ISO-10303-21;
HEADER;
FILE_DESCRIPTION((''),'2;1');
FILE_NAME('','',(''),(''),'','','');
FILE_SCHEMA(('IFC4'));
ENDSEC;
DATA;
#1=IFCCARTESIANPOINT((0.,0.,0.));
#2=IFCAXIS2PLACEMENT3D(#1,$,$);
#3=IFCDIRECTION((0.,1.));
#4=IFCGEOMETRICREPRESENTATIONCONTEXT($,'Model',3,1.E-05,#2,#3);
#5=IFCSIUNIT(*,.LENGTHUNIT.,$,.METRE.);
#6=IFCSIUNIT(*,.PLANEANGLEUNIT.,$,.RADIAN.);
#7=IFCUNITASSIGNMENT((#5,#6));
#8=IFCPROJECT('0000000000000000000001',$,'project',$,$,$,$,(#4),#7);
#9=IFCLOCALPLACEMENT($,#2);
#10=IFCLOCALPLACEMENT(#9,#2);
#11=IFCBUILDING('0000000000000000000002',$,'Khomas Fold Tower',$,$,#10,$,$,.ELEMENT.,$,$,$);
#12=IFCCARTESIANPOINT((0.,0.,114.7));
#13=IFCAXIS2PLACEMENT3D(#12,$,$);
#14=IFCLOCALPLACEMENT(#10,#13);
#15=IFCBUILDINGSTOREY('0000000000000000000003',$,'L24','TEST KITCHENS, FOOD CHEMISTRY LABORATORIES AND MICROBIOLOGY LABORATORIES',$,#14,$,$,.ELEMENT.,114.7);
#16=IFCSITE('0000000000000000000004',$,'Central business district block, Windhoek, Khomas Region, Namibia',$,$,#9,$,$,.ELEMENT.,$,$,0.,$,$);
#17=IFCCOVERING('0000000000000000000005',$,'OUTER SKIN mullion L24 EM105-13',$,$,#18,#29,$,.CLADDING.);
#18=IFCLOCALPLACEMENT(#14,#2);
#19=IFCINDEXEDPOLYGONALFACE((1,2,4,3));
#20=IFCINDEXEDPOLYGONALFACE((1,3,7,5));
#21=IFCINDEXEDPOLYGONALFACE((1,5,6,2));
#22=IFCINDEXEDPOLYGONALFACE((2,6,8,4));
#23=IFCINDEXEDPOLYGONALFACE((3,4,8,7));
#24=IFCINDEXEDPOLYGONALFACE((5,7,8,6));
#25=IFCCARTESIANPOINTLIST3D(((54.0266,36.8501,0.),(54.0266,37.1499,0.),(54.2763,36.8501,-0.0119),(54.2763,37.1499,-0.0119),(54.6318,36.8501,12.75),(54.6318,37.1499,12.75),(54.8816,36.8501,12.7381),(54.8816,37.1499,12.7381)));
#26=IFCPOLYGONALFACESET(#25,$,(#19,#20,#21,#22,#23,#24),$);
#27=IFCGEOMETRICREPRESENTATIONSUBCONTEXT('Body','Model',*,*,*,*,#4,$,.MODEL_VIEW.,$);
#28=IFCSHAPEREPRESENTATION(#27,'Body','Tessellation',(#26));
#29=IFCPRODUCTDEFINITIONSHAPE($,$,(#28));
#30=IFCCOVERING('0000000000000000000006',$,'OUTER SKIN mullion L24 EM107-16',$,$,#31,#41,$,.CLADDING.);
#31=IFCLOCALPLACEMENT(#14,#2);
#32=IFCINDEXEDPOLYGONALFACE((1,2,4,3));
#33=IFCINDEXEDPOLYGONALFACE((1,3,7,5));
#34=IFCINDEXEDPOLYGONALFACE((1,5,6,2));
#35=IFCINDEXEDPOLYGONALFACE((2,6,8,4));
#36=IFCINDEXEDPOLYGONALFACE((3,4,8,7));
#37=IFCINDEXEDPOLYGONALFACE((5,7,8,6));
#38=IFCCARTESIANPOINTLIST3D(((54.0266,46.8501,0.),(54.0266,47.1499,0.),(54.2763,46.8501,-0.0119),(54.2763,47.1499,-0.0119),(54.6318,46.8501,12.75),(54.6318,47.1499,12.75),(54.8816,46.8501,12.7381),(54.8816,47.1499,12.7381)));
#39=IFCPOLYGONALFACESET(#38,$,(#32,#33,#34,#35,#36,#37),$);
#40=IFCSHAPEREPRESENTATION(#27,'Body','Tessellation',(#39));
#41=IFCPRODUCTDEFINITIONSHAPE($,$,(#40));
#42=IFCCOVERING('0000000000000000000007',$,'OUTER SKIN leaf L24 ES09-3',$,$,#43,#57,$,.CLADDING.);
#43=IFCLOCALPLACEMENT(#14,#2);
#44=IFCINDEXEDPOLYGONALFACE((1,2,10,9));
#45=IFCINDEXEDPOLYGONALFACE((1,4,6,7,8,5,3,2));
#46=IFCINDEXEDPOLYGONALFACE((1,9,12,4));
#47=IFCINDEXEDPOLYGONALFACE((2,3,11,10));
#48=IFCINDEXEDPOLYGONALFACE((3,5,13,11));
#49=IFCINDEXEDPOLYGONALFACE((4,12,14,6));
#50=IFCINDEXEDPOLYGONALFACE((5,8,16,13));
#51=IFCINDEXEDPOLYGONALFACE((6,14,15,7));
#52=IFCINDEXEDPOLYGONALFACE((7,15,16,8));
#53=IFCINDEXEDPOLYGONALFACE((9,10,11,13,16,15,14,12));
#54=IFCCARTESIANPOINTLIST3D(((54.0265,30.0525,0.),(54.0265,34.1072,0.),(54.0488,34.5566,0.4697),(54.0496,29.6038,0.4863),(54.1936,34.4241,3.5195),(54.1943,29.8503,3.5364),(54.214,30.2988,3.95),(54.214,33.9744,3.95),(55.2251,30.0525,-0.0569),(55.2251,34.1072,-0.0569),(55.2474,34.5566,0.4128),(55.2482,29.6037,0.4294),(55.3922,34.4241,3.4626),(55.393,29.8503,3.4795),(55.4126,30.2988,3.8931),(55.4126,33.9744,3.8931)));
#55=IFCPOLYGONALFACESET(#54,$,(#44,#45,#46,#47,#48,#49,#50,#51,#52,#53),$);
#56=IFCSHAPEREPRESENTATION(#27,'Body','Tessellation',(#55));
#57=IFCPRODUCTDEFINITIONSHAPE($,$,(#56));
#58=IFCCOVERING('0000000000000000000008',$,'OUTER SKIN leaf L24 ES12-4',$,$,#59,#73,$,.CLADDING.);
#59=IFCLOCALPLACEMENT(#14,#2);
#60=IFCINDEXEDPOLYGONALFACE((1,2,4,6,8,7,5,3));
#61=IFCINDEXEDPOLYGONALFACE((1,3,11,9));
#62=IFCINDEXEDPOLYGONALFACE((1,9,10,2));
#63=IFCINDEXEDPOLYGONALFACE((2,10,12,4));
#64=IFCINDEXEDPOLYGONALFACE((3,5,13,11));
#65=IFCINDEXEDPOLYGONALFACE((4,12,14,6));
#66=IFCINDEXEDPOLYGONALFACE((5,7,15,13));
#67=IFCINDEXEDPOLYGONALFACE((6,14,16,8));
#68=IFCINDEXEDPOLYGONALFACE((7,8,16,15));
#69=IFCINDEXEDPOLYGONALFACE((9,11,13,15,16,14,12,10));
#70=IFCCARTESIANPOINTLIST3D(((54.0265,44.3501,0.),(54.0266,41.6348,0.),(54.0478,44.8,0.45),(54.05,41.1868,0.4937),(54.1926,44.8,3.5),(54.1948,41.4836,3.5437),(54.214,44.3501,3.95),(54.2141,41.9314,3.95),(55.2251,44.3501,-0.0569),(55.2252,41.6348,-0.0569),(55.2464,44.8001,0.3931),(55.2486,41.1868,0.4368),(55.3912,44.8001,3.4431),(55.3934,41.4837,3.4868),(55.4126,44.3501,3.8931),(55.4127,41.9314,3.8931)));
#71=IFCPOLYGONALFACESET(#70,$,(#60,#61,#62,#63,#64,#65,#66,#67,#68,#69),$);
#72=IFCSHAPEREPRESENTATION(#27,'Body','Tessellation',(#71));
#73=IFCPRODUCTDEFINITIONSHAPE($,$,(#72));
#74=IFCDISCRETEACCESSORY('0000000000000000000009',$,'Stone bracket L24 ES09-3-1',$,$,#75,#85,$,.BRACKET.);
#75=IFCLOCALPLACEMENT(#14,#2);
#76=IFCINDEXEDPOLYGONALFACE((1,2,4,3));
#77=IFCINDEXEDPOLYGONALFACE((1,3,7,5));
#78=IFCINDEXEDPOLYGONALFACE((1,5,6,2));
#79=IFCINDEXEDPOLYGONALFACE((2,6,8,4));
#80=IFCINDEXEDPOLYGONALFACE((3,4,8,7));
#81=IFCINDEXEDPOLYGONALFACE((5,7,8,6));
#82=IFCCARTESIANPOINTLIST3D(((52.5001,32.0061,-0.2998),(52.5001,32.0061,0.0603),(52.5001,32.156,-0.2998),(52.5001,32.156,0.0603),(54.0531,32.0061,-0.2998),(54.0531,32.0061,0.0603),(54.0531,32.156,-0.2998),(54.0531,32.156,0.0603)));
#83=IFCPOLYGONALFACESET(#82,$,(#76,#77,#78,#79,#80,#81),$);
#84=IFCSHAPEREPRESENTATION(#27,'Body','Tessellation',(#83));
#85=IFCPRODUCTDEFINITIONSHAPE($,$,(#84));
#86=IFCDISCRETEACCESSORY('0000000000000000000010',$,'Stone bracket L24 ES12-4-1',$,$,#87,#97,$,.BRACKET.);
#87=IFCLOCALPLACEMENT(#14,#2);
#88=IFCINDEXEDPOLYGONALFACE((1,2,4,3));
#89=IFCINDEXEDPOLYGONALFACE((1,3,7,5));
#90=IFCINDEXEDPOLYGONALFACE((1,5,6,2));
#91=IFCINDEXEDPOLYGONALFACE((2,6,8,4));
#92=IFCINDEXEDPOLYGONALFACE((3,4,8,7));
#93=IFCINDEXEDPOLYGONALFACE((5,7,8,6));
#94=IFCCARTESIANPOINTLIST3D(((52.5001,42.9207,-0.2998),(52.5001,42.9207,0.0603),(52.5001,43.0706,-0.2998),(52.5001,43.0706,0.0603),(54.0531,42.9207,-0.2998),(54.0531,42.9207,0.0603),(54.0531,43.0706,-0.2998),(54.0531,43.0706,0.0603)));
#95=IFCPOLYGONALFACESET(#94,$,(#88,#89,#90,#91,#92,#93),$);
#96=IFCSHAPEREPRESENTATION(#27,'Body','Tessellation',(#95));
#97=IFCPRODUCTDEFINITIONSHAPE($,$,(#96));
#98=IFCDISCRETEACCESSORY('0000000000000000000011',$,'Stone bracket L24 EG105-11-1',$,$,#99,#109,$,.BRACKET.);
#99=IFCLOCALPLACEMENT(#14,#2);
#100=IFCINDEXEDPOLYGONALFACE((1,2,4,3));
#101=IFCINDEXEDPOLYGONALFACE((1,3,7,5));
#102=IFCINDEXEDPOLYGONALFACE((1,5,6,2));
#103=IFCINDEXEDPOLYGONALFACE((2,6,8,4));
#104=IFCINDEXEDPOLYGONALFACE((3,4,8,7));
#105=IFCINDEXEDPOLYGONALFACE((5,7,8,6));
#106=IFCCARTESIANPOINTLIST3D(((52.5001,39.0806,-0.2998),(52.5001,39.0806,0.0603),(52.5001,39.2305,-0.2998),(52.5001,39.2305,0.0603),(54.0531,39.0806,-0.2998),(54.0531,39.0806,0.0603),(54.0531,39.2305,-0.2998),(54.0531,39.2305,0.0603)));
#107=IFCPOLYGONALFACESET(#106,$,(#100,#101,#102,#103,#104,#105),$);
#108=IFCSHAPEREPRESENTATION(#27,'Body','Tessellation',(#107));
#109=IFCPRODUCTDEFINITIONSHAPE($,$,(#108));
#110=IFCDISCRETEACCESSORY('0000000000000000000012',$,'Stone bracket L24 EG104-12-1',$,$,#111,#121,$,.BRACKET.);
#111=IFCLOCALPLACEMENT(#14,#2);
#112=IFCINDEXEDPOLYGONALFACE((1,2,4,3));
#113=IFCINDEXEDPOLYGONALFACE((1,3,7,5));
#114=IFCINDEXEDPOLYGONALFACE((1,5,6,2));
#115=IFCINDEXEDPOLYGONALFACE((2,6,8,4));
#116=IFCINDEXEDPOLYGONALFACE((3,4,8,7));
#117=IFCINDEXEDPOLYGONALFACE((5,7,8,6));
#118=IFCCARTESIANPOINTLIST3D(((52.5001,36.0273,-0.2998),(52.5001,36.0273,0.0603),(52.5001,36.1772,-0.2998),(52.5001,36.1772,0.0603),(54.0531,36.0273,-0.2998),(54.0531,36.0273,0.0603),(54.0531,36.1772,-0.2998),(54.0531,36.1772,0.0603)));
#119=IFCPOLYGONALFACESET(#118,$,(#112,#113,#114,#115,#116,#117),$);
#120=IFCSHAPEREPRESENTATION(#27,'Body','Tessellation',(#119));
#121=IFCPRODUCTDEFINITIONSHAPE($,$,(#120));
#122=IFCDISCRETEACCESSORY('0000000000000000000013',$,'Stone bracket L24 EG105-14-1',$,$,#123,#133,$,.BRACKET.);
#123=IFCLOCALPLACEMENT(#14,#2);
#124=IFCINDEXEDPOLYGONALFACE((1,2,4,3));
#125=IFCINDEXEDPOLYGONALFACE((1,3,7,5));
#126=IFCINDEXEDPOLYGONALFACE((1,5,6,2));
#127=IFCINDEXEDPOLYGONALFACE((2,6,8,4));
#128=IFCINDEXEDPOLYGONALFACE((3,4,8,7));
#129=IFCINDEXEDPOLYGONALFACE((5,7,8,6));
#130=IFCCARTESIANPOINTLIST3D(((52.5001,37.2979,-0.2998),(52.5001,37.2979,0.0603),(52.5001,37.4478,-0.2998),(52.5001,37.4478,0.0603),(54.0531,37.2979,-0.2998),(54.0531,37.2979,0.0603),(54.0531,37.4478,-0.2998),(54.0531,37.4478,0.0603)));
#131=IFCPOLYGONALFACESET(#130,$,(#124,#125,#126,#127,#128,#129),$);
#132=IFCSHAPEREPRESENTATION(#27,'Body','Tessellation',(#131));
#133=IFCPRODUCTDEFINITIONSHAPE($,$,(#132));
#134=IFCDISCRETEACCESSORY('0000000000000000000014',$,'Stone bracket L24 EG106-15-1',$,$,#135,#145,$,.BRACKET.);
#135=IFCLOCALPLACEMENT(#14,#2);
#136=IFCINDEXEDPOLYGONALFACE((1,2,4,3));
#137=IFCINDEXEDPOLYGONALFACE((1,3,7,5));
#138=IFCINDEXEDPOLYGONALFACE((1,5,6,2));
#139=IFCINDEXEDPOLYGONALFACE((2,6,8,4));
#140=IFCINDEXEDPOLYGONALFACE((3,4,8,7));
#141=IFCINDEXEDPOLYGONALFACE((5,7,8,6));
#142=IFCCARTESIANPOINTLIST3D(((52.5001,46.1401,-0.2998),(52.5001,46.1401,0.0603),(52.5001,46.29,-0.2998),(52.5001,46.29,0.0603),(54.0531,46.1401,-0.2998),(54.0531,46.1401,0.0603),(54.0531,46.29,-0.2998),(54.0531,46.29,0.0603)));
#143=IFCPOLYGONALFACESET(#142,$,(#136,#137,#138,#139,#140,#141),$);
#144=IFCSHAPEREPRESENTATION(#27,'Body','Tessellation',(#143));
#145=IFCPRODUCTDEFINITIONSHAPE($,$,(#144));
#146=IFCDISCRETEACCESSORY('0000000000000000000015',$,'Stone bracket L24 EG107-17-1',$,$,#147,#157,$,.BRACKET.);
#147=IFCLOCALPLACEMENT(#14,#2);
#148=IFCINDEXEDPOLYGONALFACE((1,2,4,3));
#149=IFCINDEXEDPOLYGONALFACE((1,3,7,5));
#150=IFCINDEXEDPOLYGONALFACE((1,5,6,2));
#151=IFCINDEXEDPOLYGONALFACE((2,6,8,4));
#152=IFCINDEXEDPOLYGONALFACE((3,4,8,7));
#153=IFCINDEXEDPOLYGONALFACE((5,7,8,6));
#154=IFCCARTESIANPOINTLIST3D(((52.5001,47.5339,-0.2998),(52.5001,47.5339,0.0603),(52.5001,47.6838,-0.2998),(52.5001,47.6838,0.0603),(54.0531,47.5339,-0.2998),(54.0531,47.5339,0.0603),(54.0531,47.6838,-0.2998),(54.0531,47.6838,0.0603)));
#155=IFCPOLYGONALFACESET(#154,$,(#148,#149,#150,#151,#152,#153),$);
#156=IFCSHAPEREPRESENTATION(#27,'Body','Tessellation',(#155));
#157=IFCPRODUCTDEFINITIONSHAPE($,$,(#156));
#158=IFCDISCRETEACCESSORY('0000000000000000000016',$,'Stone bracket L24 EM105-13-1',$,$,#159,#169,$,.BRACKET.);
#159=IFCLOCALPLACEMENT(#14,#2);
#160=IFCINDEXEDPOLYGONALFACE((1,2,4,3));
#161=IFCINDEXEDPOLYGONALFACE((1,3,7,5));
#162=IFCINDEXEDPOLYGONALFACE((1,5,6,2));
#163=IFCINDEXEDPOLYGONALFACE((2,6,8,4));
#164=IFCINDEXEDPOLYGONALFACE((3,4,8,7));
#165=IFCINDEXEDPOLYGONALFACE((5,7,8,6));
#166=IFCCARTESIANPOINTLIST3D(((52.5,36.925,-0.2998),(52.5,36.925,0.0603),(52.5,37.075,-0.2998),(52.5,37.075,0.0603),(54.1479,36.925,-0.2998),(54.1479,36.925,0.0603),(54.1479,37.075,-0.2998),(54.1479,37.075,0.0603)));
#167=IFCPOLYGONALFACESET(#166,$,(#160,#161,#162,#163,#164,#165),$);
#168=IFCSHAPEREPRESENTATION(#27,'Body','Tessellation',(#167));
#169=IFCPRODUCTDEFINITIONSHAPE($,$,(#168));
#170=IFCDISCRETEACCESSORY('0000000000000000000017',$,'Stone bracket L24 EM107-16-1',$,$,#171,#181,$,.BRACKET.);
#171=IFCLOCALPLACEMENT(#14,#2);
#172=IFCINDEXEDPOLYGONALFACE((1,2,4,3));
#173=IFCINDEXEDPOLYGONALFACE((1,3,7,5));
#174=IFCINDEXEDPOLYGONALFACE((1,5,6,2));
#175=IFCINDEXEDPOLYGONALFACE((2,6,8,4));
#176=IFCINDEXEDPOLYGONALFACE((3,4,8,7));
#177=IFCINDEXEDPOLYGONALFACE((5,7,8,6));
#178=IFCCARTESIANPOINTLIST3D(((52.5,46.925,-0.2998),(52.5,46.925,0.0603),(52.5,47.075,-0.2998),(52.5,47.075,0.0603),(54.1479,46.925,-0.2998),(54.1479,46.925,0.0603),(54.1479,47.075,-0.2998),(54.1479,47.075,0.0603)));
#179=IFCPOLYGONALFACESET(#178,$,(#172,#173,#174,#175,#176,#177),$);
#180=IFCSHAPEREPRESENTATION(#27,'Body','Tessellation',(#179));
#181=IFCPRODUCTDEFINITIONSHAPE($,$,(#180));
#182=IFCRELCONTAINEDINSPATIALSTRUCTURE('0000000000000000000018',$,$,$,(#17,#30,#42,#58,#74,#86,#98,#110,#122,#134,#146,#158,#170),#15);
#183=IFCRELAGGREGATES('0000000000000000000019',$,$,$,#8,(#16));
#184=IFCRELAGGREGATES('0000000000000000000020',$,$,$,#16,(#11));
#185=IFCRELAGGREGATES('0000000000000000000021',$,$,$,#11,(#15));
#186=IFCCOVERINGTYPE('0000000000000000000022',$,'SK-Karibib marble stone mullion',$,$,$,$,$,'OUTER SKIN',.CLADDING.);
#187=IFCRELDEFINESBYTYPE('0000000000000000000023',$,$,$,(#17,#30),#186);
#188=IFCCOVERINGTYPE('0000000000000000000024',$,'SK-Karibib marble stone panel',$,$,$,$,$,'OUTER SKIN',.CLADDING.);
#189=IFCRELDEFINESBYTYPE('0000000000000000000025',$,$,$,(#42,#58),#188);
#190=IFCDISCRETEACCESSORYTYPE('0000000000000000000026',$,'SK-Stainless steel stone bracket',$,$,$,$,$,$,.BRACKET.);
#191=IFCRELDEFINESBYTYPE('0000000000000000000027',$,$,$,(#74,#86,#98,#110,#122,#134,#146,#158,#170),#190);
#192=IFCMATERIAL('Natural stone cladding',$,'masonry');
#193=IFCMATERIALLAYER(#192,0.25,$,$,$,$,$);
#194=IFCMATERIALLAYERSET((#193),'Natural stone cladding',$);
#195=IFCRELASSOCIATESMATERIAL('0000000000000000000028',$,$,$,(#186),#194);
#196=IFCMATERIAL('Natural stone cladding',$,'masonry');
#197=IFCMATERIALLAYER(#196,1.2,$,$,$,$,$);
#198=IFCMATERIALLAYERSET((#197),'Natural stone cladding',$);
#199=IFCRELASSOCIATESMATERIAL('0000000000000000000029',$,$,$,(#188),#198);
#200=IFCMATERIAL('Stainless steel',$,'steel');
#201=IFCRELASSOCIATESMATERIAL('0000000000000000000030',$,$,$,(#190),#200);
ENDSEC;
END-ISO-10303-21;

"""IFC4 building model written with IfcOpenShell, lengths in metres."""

from ifc_helpers import new_model, si_unit, direction, frame, origin, origin_2d, place, context, subcontext, project, spatial, polyline, rectangle, outline, extrude, source, transform, mapped, material, layer, layer_set, type_object, element, save


model = new_model("IFC4")

# Units and contexts
model_context = context("Model", 3, precision=1e-05, world=origin(), true_north=direction((0.0, 1.0)))
body_context = subcontext(model_context, "Body", "Model", "MODEL_VIEW")
ifc_project = project(units=[si_unit("LENGTHUNIT", "METRE"), si_unit("PLANEANGLEUNIT", "RADIAN")], contexts=[model_context])

# Site, building, storey
site_placement = place(None, origin())
site = spatial("IfcSite", under=ifc_project, at=site_placement, Name="Central business district block, Windhoek, Khomas Region, Namibia", CompositionType="ELEMENT", RefElevation=0.0)
building_placement = place(site_placement, origin())
building = spatial("IfcBuilding", under=site, at=building_placement, Name="Khomas Fold Tower", CompositionType="ELEMENT")
storey_placement = place(building_placement, frame((0.0, 0.0, 114.7)))
storey = spatial("IfcBuildingStorey", under=building, at=storey_placement, Name="L24", Description="TEST KITCHENS, FOOD CHEMISTRY LABORATORIES AND MICROBIOLOGY LABORATORIES", CompositionType="ELEMENT", Elevation=114.7)

# Coverings
ifc_material_1 = material(Name="Natural stone cladding", Category="masonry")
ifc_layer_1 = layer(ifc_material_1, 0.25)
ifc_layer_set_1 = layer_set([ifc_layer_1], Name="Natural stone cladding")
covering_type_1 = type_object("IfcCoveringType", Name="SK-Karibib marble stone mullion", ElementType="OUTER SKIN", PredefinedType="CLADDING", material=ifc_layer_set_1)
for number, where, z_axis, x_axis, name in (
    (1, (54.0266, 36.8501, 0.0), (-0.998875, 0.0, 0.047415), (0.047415, 0.0, 0.998875), "OUTER SKIN mullion L24 EM105-13"),
    (2, (54.0266, 46.8501, 0.0), (-0.998875, 0.0, 0.047415), (0.047415, 0.0, 0.998875), "OUTER SKIN mullion L24 EM107-16"),
):
    element("IfcCovering", number, at=place(storey_placement, frame(where, z_axis=z_axis, x_axis=x_axis)), inside=storey, type_object=covering_type_1, Name=name, PredefinedType="CLADDING", context=body_context, shape_type="SweptSolid", body=[
        extrude(outline(polyline([(0.0, 0.0), (12.7644, 0.0), (12.7644, 0.2998), (0.0, 0.2998), (0.0, 0.0)])), origin(), (0.0, 0.0, -1.0), 0.25),
    ])
ifc_material_2 = material(Name="Natural stone cladding", Category="masonry")
ifc_layer_2 = layer(ifc_material_2, 1.2)
ifc_layer_set_2 = layer_set([ifc_layer_2], Name="Natural stone cladding")
covering_type_2 = type_object("IfcCoveringType", Name="SK-Karibib marble stone panel", ElementType="OUTER SKIN", PredefinedType="CLADDING", material=ifc_layer_set_2)
covering_1_placement = place(storey_placement, frame((54.1936, 34.4241, 3.5195), z_axis=(-0.998875, 0.000012, 0.047413), x_axis=(-0.047368, 0.043378, -0.997935)))
element("IfcCovering", 3, at=covering_1_placement, inside=storey, type_object=covering_type_2, Name="OUTER SKIN leaf L24 ES09-3", PredefinedType="CLADDING", context=body_context, shape_type="SweptSolid", body=[
    extrude(outline(polyline([(0.0, 0.0), (3.0561, 0.0), (3.5064, 0.4694), (3.3305, 4.5203), (2.8247, 4.9475), (-0.2152, 4.5687), (-0.6094, 4.1027), (-0.45, 0.4306), (0.0, 0.0)])), origin(), (0.0, 0.0, -1.0), 1.2),
])
covering_2_placement = place(storey_placement, frame((54.1926, 44.8, 3.5), z_axis=(-0.998875, -0.000032, 0.047415), x_axis=(-0.047415, 0.0, -0.998875)))
element("IfcCovering", 4, at=covering_2_placement, inside=storey, type_object=covering_type_2, Name="OUTER SKIN leaf L24 ES12-4", PredefinedType="CLADDING", context=body_context, shape_type="SweptSolid", body=[
    extrude(outline(polyline([(0.0, 0.0), (3.0535, 0.0), (3.5039, 0.45), (3.5039, 3.1653), (3.0097, 3.6133), (-0.0438, 3.3164), (-0.4505, 2.8687), (-0.4505, 0.45), (0.0, 0.0)])), origin(), (0.0, 0.0, -1.0), 1.2),
])

# Discrete accessories
ifc_material_3 = material(Name="Stainless steel", Category="steel")
discrete_accessory_type = type_object("IfcDiscreteAccessoryType", Name="SK-Stainless steel stone bracket", PredefinedType="BRACKET", material=ifc_material_3)
shared_shape_1 = source(origin(), body_context, "Body", "SweptSolid", [
    extrude(rectangle(XDim=1.553, YDim=0.1499, at=origin_2d()), origin(), (0.0, 0.0, 1.0), 0.3601),
])
for number, where, z_axis, x_axis, name in (
    (5, (53.2766, 32.0811, -0.2998), (0.0, 0.0, 1.0), (1.0, 0.0, 0.0), "Stone bracket L24 ES09-3-1"),
    (6, (53.2766, 42.9956, -0.2998), (0.0, 0.0, 1.0), (1.0, 0.0, 0.0), "Stone bracket L24 ES12-4-1"),
    (7, (53.2766, 39.1555, -0.2998), (0.0, 0.0, 1.0), (1.0, 0.0, 0.0), "Stone bracket L24 EG105-11-1"),
    (8, (53.2766, 36.1023, -0.2998), (0.0, 0.0, 1.0), (1.0, 0.0, 0.0), "Stone bracket L24 EG104-12-1"),
    (9, (53.2766, 37.3728, -0.2998), (0.0, 0.0, 1.0), (1.0, 0.0, 0.0), "Stone bracket L24 EG105-14-1"),
    (10, (53.2766, 46.2151, -0.2998), (0.0, 0.0, 1.0), (1.0, 0.0, 0.0), "Stone bracket L24 EG106-15-1"),
    (11, (53.2766, 47.6089, -0.2998), (0.0, 0.0, 1.0), (1.0, 0.0, 0.0), "Stone bracket L24 EG107-17-1"),
):
    element("IfcDiscreteAccessory", number, at=place(storey_placement, frame(where, z_axis=z_axis, x_axis=x_axis)), inside=storey, type_object=discrete_accessory_type, Name=name, PredefinedType="BRACKET", context=body_context, shape_type="MappedRepresentation", body=[
        mapped(shared_shape_1, transform((0.0, 0.0, 0.0))),
    ])
shared_shape_2 = source(origin(), body_context, "Body", "SweptSolid", [
    extrude(rectangle(XDim=1.6479, YDim=0.1499, at=origin_2d()), origin(), (0.0, 0.0, 1.0), 0.3601),
])
for number, where, z_axis, x_axis, name in (
    (12, (53.324, 37.0, -0.2998), (0.0, 0.0, 1.0), (1.0, 0.0, 0.0), "Stone bracket L24 EM105-13-1"),
    (13, (53.324, 47.0, -0.2998), (0.0, 0.0, 1.0), (1.0, 0.0, 0.0), "Stone bracket L24 EM107-16-1"),
):
    element("IfcDiscreteAccessory", number, at=place(storey_placement, frame(where, z_axis=z_axis, x_axis=x_axis)), inside=storey, type_object=discrete_accessory_type, Name=name, PredefinedType="BRACKET", context=body_context, shape_type="MappedRepresentation", body=[
        mapped(shared_shape_2, transform((0.0, 0.0, 0.0))),
    ])

save(model, "model.ifc")
